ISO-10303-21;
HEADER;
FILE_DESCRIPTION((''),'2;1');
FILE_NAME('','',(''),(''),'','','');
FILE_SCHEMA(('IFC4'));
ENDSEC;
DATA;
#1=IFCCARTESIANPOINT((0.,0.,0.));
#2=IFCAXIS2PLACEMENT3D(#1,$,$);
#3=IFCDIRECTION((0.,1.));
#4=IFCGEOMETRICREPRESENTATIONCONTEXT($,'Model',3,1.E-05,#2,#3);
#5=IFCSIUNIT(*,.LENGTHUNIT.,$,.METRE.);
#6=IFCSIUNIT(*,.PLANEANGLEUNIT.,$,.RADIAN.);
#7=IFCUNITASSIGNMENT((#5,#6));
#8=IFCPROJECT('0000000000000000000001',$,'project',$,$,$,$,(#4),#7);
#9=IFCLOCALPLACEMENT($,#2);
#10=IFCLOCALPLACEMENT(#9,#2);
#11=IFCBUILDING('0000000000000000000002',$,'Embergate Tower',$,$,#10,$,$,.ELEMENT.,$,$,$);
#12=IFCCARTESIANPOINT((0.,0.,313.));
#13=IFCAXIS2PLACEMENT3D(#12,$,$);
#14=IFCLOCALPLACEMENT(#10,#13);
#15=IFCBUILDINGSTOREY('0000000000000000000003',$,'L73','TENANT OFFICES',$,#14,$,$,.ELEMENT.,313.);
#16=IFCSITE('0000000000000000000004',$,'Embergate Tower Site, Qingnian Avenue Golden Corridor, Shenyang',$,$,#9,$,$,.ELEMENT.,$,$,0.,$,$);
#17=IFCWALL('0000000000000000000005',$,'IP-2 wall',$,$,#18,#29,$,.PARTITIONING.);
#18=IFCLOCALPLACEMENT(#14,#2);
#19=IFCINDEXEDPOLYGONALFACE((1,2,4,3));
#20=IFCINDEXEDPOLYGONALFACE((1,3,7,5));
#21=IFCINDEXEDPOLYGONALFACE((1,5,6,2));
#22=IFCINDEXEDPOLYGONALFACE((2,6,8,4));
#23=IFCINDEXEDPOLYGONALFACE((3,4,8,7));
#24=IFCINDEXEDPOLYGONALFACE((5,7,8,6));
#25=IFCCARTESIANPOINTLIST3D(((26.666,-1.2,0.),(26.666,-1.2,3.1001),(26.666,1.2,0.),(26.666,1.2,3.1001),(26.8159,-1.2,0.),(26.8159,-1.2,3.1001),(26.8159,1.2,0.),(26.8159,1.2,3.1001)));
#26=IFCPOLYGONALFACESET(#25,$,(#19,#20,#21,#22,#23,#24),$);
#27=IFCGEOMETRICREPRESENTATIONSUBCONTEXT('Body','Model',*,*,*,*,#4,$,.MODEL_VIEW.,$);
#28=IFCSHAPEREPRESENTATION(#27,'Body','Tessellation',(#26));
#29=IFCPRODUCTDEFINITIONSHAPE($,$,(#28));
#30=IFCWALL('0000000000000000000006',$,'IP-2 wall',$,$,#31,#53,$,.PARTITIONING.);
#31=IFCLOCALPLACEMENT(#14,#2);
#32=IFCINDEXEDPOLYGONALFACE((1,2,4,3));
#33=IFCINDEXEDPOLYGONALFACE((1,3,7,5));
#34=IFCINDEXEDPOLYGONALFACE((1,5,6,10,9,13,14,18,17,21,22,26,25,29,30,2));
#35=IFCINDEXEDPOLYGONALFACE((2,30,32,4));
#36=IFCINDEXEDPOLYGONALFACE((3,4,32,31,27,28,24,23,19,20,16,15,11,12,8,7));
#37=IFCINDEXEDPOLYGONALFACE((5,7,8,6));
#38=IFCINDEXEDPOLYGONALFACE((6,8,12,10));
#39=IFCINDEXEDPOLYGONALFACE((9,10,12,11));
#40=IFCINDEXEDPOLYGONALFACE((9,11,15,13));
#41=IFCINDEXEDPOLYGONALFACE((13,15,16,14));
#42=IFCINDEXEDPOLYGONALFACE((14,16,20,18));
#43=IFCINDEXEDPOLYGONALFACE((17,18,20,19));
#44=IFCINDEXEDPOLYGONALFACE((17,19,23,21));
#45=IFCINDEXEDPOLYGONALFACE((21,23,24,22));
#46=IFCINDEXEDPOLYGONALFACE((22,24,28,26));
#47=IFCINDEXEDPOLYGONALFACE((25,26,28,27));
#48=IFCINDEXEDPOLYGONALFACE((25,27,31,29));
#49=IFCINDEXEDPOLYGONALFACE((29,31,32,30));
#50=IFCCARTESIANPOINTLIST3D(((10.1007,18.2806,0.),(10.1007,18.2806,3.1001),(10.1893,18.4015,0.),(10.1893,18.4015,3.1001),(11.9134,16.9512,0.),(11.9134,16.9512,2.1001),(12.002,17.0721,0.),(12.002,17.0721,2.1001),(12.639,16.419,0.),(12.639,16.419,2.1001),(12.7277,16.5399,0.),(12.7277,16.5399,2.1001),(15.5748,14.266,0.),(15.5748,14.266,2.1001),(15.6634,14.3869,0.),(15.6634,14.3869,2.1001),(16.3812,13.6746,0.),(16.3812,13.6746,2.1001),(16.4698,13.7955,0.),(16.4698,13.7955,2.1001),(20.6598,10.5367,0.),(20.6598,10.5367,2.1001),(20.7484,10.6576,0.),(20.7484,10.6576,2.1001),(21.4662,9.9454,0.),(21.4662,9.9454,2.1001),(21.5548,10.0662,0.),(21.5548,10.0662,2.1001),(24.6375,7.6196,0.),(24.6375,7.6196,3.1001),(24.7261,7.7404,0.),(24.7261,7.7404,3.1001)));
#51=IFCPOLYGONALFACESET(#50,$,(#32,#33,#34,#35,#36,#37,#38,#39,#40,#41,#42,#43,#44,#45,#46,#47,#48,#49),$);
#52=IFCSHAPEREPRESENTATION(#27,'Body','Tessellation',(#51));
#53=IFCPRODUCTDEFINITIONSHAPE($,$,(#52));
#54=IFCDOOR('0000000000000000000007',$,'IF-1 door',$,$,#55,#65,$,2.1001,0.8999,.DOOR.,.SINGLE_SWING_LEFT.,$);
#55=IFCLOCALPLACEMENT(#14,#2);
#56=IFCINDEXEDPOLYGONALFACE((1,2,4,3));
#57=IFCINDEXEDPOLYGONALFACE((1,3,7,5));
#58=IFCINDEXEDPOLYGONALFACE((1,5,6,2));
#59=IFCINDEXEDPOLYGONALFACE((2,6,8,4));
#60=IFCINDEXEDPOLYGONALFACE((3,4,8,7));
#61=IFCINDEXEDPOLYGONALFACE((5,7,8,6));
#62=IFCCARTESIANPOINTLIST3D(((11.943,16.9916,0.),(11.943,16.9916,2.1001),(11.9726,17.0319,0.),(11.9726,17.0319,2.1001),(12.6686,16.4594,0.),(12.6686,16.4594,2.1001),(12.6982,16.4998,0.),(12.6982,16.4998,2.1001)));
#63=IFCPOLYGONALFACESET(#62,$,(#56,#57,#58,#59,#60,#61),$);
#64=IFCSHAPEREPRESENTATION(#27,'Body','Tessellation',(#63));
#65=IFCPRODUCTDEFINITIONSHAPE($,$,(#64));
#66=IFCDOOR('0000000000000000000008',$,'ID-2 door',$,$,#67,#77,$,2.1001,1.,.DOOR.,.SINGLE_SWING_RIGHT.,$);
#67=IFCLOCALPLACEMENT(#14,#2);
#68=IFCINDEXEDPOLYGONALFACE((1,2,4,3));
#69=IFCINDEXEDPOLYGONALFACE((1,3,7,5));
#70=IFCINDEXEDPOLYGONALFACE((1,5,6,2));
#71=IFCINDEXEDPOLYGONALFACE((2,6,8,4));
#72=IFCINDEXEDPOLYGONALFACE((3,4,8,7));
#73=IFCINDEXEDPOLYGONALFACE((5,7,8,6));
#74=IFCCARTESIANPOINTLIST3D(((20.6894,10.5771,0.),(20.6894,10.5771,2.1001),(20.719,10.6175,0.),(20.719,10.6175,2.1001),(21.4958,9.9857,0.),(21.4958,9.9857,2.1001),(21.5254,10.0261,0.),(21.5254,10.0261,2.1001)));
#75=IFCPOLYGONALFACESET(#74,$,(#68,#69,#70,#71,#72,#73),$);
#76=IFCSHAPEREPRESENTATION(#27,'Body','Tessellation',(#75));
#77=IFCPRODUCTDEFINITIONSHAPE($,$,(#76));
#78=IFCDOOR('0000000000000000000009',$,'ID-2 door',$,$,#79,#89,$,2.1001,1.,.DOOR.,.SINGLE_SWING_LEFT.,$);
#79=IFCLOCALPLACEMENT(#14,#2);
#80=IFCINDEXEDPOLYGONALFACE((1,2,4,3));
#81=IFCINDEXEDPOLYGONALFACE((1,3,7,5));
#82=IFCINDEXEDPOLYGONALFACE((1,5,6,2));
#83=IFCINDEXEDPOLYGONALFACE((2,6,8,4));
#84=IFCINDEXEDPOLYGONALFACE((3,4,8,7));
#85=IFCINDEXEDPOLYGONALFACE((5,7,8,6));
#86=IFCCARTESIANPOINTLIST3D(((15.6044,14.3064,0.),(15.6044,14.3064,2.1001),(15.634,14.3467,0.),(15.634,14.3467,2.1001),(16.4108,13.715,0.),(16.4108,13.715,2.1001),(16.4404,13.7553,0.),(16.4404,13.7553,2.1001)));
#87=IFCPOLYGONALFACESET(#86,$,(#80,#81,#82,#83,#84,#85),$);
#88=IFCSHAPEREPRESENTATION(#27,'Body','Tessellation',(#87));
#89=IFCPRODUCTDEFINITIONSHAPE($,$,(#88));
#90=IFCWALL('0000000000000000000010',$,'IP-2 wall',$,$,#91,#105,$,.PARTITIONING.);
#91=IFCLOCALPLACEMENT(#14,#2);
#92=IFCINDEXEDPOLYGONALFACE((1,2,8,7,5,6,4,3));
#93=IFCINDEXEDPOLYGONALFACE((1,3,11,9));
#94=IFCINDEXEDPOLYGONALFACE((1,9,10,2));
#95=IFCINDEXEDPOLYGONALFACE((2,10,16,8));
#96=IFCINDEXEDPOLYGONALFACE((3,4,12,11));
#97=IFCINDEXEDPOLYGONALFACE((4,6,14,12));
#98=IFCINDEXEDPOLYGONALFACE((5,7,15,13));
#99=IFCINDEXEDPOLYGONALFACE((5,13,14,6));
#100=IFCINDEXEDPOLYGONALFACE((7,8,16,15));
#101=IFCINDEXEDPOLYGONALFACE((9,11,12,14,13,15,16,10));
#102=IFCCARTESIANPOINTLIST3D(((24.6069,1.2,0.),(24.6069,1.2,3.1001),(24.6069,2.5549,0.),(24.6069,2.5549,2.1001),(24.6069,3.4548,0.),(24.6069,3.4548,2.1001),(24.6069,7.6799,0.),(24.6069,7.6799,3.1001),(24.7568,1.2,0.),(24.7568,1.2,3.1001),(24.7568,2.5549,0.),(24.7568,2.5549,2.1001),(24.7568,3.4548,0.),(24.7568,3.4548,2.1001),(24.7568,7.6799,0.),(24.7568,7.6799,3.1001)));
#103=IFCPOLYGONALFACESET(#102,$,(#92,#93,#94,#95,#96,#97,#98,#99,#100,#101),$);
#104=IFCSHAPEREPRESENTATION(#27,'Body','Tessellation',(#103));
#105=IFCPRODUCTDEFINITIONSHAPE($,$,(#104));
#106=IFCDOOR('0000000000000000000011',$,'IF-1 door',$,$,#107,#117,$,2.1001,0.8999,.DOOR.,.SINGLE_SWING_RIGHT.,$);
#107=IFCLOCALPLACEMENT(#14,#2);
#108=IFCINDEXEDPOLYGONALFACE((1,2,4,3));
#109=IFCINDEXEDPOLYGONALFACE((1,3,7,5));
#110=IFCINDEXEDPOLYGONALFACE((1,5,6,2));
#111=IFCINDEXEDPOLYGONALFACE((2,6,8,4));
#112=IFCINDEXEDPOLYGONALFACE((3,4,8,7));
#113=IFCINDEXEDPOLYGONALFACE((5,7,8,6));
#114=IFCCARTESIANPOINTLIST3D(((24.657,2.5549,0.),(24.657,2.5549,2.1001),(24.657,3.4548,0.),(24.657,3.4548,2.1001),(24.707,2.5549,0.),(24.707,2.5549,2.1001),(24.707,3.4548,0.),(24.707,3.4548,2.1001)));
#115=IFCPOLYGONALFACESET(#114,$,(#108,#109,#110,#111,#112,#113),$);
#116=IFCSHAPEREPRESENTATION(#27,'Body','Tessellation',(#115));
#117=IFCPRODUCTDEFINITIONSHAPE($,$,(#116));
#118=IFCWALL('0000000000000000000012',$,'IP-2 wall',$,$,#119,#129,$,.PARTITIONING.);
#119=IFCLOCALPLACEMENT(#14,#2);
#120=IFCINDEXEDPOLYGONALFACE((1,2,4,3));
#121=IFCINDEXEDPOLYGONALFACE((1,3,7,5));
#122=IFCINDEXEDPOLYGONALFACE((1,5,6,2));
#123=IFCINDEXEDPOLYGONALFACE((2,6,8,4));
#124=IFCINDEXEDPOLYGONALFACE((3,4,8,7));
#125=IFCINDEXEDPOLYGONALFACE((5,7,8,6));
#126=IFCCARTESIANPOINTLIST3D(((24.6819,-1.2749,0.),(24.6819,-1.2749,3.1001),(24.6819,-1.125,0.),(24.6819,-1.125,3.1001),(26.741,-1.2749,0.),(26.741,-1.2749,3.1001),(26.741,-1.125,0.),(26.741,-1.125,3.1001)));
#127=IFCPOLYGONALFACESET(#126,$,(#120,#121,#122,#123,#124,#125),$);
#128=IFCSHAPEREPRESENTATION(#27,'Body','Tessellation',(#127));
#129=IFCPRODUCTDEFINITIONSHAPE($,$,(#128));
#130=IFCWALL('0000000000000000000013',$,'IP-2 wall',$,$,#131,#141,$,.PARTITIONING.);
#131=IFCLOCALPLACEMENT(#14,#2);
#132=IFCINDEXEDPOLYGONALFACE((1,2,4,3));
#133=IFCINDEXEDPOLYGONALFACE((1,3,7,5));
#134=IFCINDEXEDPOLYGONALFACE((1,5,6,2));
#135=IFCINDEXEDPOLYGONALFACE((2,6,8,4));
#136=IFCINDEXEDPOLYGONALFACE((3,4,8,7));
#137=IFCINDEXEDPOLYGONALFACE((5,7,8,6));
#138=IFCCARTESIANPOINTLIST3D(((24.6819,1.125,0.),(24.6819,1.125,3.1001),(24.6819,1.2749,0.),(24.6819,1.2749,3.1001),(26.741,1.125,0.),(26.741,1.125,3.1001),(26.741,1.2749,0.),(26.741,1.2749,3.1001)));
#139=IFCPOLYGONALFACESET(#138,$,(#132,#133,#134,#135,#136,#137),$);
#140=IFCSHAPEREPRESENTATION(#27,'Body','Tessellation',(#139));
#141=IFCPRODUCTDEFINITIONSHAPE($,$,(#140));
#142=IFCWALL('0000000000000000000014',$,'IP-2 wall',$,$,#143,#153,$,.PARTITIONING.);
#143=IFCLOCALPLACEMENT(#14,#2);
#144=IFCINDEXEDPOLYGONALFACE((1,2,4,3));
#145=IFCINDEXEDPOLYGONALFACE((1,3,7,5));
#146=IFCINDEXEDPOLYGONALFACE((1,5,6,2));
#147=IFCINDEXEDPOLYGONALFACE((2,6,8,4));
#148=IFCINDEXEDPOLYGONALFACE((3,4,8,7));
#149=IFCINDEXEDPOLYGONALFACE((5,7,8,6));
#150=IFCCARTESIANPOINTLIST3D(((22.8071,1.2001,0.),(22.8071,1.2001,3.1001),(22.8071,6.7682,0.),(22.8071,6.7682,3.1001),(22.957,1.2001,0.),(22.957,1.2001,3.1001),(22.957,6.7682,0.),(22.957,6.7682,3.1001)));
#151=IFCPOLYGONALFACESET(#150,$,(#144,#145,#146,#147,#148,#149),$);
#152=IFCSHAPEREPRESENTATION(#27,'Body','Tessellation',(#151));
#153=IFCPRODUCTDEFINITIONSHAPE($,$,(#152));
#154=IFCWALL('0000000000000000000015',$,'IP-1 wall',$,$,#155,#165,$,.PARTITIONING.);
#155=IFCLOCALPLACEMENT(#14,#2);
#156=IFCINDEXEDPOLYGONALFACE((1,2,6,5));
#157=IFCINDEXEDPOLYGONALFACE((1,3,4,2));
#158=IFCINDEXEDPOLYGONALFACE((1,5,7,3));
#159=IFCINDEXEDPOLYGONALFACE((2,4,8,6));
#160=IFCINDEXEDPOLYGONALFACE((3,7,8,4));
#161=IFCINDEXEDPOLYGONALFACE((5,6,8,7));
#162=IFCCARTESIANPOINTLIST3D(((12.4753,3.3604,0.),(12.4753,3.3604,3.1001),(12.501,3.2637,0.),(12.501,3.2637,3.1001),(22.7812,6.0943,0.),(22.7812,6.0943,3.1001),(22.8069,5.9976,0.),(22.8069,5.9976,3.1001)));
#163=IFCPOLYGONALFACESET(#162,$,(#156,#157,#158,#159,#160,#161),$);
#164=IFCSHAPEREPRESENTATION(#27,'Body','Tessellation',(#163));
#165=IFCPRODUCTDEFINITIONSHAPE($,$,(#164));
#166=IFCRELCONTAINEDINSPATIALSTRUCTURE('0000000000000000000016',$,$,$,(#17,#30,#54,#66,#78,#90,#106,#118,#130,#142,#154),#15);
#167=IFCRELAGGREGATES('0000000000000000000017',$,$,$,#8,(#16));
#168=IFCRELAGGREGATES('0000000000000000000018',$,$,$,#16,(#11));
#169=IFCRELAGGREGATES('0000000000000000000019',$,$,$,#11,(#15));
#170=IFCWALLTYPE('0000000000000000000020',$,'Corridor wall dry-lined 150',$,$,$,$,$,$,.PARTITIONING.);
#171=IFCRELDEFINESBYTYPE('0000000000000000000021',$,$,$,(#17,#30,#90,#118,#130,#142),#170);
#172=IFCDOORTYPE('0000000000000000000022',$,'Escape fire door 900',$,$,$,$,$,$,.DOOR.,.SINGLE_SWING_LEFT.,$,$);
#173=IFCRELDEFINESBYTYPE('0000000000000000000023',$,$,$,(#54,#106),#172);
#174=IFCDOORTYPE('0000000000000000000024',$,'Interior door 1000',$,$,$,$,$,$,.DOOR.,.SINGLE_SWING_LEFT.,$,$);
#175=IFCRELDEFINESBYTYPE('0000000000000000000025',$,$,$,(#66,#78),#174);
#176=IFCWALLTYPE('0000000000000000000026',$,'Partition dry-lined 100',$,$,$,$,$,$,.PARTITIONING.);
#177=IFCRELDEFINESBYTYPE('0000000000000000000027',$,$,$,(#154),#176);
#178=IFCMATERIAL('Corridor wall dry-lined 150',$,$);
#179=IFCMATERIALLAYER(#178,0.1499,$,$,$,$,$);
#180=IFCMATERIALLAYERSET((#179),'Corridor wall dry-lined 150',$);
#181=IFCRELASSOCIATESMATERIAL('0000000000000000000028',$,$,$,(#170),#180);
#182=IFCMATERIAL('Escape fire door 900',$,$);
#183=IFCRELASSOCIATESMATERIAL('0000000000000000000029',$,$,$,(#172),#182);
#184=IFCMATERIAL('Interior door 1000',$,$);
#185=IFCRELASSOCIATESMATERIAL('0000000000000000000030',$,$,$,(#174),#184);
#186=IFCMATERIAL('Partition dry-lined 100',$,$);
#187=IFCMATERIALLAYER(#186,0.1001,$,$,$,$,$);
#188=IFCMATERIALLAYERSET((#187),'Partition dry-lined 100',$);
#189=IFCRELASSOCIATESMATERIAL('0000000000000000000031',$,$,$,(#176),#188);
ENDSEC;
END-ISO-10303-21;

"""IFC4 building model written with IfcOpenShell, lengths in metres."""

from ifc_helpers import new_model, si_unit, direction, frame, frame_2d, origin, place, context, subcontext, project, spatial, rectangle, extrude, source, transform, mapped, material, layer, layer_set, type_object, element, fill, save


model = new_model("IFC4")

# Units and contexts
model_context = context("Model", 3, precision=1e-05, world=origin(), true_north=direction((0.0, 1.0)))
body_context = subcontext(model_context, "Body", "Model", "MODEL_VIEW")
ifc_project = project(units=[si_unit("LENGTHUNIT", "METRE"), si_unit("PLANEANGLEUNIT", "RADIAN")], contexts=[model_context])

# Site, building, storey
site_placement = place(None, origin())
site = spatial("IfcSite", under=ifc_project, at=site_placement, Name="Embergate Tower Site, Qingnian Avenue Golden Corridor, Shenyang", CompositionType="ELEMENT", RefElevation=0.0)
building_placement = place(site_placement, origin())
building = spatial("IfcBuilding", under=site, at=building_placement, Name="Embergate Tower", CompositionType="ELEMENT")
storey_placement = place(building_placement, frame((0.0, 0.0, 313.0)))
storey = spatial("IfcBuildingStorey", under=building, at=storey_placement, Name="L73", Description="TENANT OFFICES", CompositionType="ELEMENT", Elevation=313.0)

# Wall
ifc_material_1 = material(Name="Corridor wall dry-lined 150")
ifc_layer_1 = layer(ifc_material_1, 0.1499)
ifc_layer_set_1 = layer_set([ifc_layer_1], Name="Corridor wall dry-lined 150")
wall_type_1 = type_object("IfcWallType", Name="Corridor wall dry-lined 150", PredefinedType="PARTITIONING", material=ifc_layer_set_1)
shared_shape_1 = source(origin(), body_context, "Body", "SweptSolid", [
    extrude(rectangle(XDim=2.3999, YDim=0.1499, at=frame_2d((1.2, 0.0))), origin(), (0.0, 0.0, 1.0), 3.1001),
])
wall_1_placement = place(storey_placement, frame((26.741, -1.2, 0.0), z_axis=(0.0, 0.0, 1.0), x_axis=(0.0, 1.0, 0.0)))
element("IfcWall", 1, at=wall_1_placement, inside=storey, type_object=wall_type_1, Name="IP-2 wall", PredefinedType="PARTITIONING", context=body_context, shape_type="MappedRepresentation", body=[
    mapped(shared_shape_1, transform((0.0, 0.0, 0.0))),
])

# Wall, openings, doors
shared_shape_2 = source(origin(), body_context, "Body", "SweptSolid", [
    extrude(rectangle(XDim=18.0271, YDim=0.1499, at=frame_2d((9.0137, 0.0))), origin(), (0.0, 0.0, 1.0), 3.1001),
])
wall_2_placement = place(storey_placement, frame((24.6819, 7.6799, 0.0), z_axis=(0.0, 0.0, 1.0), x_axis=(-0.806385, 0.591391, 0.0)))
wall_2 = element("IfcWall", 2, at=wall_2_placement, inside=storey, type_object=wall_type_1, Name="IP-2 wall", PredefinedType="PARTITIONING", context=body_context, shape_type="MappedRepresentation", body=[
    mapped(shared_shape_2, transform((0.0, 0.0, 0.0))),
])
shared_shape_3 = source(origin(), body_context, "Body", "SweptSolid", [
    extrude(rectangle(XDim=1.0, YDim=2.1001, at=frame_2d((0.5, 1.05))), frame((0.0, 0.085, 0.0), z_axis=(0.0, -1.0, 0.0), x_axis=(1.0, 0.0, 0.0)), (0.0, 0.0, 1.0), 0.1699),
])
opening_1_placement = place(wall_2_placement, frame((3.9329, 0.0, 0.0)))
opening_1 = element("IfcOpeningElement", 3, at=opening_1_placement, cuts=wall_2, PredefinedType="OPENING", context=body_context, shape_type="MappedRepresentation", body=[
    mapped(shared_shape_3, transform((0.0, 0.0, 0.0))),
])
opening_2_placement = place(wall_2_placement, frame((10.2388, 0.0, 0.0)))
opening_2 = element("IfcOpeningElement", 4, at=opening_2_placement, cuts=wall_2, PredefinedType="OPENING", context=body_context, shape_type="MappedRepresentation", body=[
    mapped(shared_shape_3, transform((0.0, 0.0, 0.0))),
])
shared_shape_4 = source(origin(), body_context, "Body", "SweptSolid", [
    extrude(rectangle(XDim=0.8999, YDim=2.1001, at=frame_2d((0.45, 1.05))), frame((0.0, 0.085, 0.0), z_axis=(0.0, -1.0, 0.0), x_axis=(1.0, 0.0, 0.0)), (0.0, 0.0, 1.0), 0.1699),
])
opening_3_placement = place(wall_2_placement, frame((14.8794, 0.0, 0.0)))
opening_3 = element("IfcOpeningElement", 5, at=opening_3_placement, cuts=wall_2, PredefinedType="OPENING", context=body_context, shape_type="MappedRepresentation", body=[
    mapped(shared_shape_4, transform((0.0, 0.0, 0.0))),
])
ifc_material_2 = material(Name="Escape fire door 900")
door_type_1 = type_object("IfcDoorType", Name="Escape fire door 900", OperationType="SINGLE_SWING_LEFT", PredefinedType="DOOR", material=ifc_material_2)
shared_shape_5 = source(origin(), body_context, "Body", "SweptSolid", [
    extrude(rectangle(XDim=0.8999, YDim=2.1001, at=frame_2d((0.45, 1.05))), frame((0.0, 0.0249, 0.0), z_axis=(0.0, -1.0, 0.0), x_axis=(1.0, 0.0, 0.0)), (0.0, 0.0, 1.0), 0.05),
])
door_1_placement = place(opening_3_placement, origin())
door_1 = element("IfcDoor", 6, at=door_1_placement, inside=storey, type_object=door_type_1, Name="IF-1 door", OperationType="SINGLE_SWING_LEFT", OverallHeight=2.1001, OverallWidth=0.8999, PredefinedType="DOOR", context=body_context, shape_type="MappedRepresentation", body=[
    mapped(shared_shape_5, transform((0.0, 0.0, 0.0))),
])
fill(opening_3, door_1)
ifc_material_3 = material(Name="Interior door 1000")
door_type_2 = type_object("IfcDoorType", Name="Interior door 1000", OperationType="SINGLE_SWING_LEFT", PredefinedType="DOOR", material=ifc_material_3)
shared_shape_6 = source(origin(), body_context, "Body", "SweptSolid", [
    extrude(rectangle(XDim=1.0, YDim=2.1001, at=frame_2d((0.5, 1.05))), frame((0.0, 0.0249, 0.0), z_axis=(0.0, -1.0, 0.0), x_axis=(1.0, 0.0, 0.0)), (0.0, 0.0, 1.0), 0.05),
])
door_2_placement = place(opening_1_placement, origin())
door_2 = element("IfcDoor", 7, at=door_2_placement, inside=storey, type_object=door_type_2, Name="ID-2 door", OperationType="SINGLE_SWING_RIGHT", OverallHeight=2.1001, OverallWidth=1.0, PredefinedType="DOOR", context=body_context, shape_type="MappedRepresentation", body=[
    mapped(shared_shape_6, transform((0.0, 0.0, 0.0))),
])
fill(opening_1, door_2)
door_3_placement = place(opening_2_placement, origin())
door_3 = element("IfcDoor", 8, at=door_3_placement, inside=storey, type_object=door_type_2, Name="ID-2 door", OperationType="SINGLE_SWING_LEFT", OverallHeight=2.1001, OverallWidth=1.0, PredefinedType="DOOR", context=body_context, shape_type="MappedRepresentation", body=[
    mapped(shared_shape_6, transform((0.0, 0.0, 0.0))),
])
fill(opening_2, door_3)

# Wall, opening, door
shared_shape_7 = source(origin(), body_context, "Body", "SweptSolid", [
    extrude(rectangle(XDim=6.48, YDim=0.1499, at=frame_2d((3.24, 0.0))), origin(), (0.0, 0.0, 1.0), 3.1001),
])
wall_3_placement = place(storey_placement, frame((24.6819, 1.2, 0.0), z_axis=(0.0, 0.0, 1.0), x_axis=(0.0, 1.0, 0.0)))
wall_3 = element("IfcWall", 9, at=wall_3_placement, inside=storey, type_object=wall_type_1, Name="IP-2 wall", PredefinedType="PARTITIONING", context=body_context, shape_type="MappedRepresentation", body=[
    mapped(shared_shape_7, transform((0.0, 0.0, 0.0))),
])
opening_4_placement = place(wall_3_placement, frame((1.355, 0.0, 0.0)))
opening_4 = element("IfcOpeningElement", 10, at=opening_4_placement, cuts=wall_3, PredefinedType="OPENING", context=body_context, shape_type="MappedRepresentation", body=[
    mapped(shared_shape_4, transform((0.0, 0.0, 0.0))),
])
door_4_placement = place(opening_4_placement, origin())
door_4 = element("IfcDoor", 11, at=door_4_placement, inside=storey, type_object=door_type_1, Name="IF-1 door", OperationType="SINGLE_SWING_RIGHT", OverallHeight=2.1001, OverallWidth=0.8999, PredefinedType="DOOR", context=body_context, shape_type="MappedRepresentation", body=[
    mapped(shared_shape_5, transform((0.0, 0.0, 0.0))),
])
fill(opening_4, door_4)

# Walls
shared_shape_8 = source(origin(), body_context, "Body", "SweptSolid", [
    extrude(rectangle(XDim=2.0591, YDim=0.1499, at=frame_2d((1.0295, 0.0))), origin(), (0.0, 0.0, 1.0), 3.1001),
])
for number, where, z_axis, x_axis, name in (
    (12, (24.6819, -1.2, 0.0), (0.0, 0.0, 1.0), (1.0, 0.0, 0.0), "IP-2 wall"),
    (13, (26.741, 1.2, 0.0), (0.0, 0.0, 1.0), (-1.0, 0.0, 0.0), "IP-2 wall"),
):
    element("IfcWall", number, at=place(storey_placement, frame(where, z_axis=z_axis, x_axis=x_axis)), inside=storey, type_object=wall_type_1, Name=name, PredefinedType="PARTITIONING", context=body_context, shape_type="MappedRepresentation", body=[
        mapped(shared_shape_8, transform((0.0, 0.0, 0.0))),
    ])
shared_shape_9 = source(origin(), body_context, "Body", "SweptSolid", [
    extrude(rectangle(XDim=5.5681, YDim=0.1499, at=frame_2d((2.7842, 0.0))), origin(), (0.0, 0.0, 1.0), 3.1001),
])
wall_4_placement = place(storey_placement, frame((22.8821, 1.2, 0.0), z_axis=(0.0, 0.0, 1.0), x_axis=(0.0, 1.0, 0.0)))
element("IfcWall", 14, at=wall_4_placement, inside=storey, type_object=wall_type_1, Name="IP-2 wall", PredefinedType="PARTITIONING", context=body_context, shape_type="MappedRepresentation", body=[
    mapped(shared_shape_9, transform((0.0, 0.0, 0.0))),
])
ifc_material_4 = material(Name="Partition dry-lined 100")
ifc_layer_2 = layer(ifc_material_4, 0.1001)
ifc_layer_set_2 = layer_set([ifc_layer_2], Name="Partition dry-lined 100")
wall_type_2 = type_object("IfcWallType", Name="Partition dry-lined 100", PredefinedType="PARTITIONING", material=ifc_layer_set_2)
shared_shape_10 = source(origin(), body_context, "Body", "SweptSolid", [
    extrude(rectangle(XDim=10.6624, YDim=0.1001, at=frame_2d((5.3311, 0.0))), origin(), (0.0, 0.0, 1.0), 3.1001),
])
wall_5_placement = place(storey_placement, frame((22.7939, 6.0459, 0.0), z_axis=(0.0, 0.0, 1.0), x_axis=(-0.966569, -0.256405, 0.0)))
element("IfcWall", 15, at=wall_5_placement, inside=storey, type_object=wall_type_2, Name="IP-1 wall", PredefinedType="PARTITIONING", context=body_context, shape_type="MappedRepresentation", body=[
    mapped(shared_shape_10, transform((0.0, 0.0, 0.0))),
])

save(model, "model.ifc")
